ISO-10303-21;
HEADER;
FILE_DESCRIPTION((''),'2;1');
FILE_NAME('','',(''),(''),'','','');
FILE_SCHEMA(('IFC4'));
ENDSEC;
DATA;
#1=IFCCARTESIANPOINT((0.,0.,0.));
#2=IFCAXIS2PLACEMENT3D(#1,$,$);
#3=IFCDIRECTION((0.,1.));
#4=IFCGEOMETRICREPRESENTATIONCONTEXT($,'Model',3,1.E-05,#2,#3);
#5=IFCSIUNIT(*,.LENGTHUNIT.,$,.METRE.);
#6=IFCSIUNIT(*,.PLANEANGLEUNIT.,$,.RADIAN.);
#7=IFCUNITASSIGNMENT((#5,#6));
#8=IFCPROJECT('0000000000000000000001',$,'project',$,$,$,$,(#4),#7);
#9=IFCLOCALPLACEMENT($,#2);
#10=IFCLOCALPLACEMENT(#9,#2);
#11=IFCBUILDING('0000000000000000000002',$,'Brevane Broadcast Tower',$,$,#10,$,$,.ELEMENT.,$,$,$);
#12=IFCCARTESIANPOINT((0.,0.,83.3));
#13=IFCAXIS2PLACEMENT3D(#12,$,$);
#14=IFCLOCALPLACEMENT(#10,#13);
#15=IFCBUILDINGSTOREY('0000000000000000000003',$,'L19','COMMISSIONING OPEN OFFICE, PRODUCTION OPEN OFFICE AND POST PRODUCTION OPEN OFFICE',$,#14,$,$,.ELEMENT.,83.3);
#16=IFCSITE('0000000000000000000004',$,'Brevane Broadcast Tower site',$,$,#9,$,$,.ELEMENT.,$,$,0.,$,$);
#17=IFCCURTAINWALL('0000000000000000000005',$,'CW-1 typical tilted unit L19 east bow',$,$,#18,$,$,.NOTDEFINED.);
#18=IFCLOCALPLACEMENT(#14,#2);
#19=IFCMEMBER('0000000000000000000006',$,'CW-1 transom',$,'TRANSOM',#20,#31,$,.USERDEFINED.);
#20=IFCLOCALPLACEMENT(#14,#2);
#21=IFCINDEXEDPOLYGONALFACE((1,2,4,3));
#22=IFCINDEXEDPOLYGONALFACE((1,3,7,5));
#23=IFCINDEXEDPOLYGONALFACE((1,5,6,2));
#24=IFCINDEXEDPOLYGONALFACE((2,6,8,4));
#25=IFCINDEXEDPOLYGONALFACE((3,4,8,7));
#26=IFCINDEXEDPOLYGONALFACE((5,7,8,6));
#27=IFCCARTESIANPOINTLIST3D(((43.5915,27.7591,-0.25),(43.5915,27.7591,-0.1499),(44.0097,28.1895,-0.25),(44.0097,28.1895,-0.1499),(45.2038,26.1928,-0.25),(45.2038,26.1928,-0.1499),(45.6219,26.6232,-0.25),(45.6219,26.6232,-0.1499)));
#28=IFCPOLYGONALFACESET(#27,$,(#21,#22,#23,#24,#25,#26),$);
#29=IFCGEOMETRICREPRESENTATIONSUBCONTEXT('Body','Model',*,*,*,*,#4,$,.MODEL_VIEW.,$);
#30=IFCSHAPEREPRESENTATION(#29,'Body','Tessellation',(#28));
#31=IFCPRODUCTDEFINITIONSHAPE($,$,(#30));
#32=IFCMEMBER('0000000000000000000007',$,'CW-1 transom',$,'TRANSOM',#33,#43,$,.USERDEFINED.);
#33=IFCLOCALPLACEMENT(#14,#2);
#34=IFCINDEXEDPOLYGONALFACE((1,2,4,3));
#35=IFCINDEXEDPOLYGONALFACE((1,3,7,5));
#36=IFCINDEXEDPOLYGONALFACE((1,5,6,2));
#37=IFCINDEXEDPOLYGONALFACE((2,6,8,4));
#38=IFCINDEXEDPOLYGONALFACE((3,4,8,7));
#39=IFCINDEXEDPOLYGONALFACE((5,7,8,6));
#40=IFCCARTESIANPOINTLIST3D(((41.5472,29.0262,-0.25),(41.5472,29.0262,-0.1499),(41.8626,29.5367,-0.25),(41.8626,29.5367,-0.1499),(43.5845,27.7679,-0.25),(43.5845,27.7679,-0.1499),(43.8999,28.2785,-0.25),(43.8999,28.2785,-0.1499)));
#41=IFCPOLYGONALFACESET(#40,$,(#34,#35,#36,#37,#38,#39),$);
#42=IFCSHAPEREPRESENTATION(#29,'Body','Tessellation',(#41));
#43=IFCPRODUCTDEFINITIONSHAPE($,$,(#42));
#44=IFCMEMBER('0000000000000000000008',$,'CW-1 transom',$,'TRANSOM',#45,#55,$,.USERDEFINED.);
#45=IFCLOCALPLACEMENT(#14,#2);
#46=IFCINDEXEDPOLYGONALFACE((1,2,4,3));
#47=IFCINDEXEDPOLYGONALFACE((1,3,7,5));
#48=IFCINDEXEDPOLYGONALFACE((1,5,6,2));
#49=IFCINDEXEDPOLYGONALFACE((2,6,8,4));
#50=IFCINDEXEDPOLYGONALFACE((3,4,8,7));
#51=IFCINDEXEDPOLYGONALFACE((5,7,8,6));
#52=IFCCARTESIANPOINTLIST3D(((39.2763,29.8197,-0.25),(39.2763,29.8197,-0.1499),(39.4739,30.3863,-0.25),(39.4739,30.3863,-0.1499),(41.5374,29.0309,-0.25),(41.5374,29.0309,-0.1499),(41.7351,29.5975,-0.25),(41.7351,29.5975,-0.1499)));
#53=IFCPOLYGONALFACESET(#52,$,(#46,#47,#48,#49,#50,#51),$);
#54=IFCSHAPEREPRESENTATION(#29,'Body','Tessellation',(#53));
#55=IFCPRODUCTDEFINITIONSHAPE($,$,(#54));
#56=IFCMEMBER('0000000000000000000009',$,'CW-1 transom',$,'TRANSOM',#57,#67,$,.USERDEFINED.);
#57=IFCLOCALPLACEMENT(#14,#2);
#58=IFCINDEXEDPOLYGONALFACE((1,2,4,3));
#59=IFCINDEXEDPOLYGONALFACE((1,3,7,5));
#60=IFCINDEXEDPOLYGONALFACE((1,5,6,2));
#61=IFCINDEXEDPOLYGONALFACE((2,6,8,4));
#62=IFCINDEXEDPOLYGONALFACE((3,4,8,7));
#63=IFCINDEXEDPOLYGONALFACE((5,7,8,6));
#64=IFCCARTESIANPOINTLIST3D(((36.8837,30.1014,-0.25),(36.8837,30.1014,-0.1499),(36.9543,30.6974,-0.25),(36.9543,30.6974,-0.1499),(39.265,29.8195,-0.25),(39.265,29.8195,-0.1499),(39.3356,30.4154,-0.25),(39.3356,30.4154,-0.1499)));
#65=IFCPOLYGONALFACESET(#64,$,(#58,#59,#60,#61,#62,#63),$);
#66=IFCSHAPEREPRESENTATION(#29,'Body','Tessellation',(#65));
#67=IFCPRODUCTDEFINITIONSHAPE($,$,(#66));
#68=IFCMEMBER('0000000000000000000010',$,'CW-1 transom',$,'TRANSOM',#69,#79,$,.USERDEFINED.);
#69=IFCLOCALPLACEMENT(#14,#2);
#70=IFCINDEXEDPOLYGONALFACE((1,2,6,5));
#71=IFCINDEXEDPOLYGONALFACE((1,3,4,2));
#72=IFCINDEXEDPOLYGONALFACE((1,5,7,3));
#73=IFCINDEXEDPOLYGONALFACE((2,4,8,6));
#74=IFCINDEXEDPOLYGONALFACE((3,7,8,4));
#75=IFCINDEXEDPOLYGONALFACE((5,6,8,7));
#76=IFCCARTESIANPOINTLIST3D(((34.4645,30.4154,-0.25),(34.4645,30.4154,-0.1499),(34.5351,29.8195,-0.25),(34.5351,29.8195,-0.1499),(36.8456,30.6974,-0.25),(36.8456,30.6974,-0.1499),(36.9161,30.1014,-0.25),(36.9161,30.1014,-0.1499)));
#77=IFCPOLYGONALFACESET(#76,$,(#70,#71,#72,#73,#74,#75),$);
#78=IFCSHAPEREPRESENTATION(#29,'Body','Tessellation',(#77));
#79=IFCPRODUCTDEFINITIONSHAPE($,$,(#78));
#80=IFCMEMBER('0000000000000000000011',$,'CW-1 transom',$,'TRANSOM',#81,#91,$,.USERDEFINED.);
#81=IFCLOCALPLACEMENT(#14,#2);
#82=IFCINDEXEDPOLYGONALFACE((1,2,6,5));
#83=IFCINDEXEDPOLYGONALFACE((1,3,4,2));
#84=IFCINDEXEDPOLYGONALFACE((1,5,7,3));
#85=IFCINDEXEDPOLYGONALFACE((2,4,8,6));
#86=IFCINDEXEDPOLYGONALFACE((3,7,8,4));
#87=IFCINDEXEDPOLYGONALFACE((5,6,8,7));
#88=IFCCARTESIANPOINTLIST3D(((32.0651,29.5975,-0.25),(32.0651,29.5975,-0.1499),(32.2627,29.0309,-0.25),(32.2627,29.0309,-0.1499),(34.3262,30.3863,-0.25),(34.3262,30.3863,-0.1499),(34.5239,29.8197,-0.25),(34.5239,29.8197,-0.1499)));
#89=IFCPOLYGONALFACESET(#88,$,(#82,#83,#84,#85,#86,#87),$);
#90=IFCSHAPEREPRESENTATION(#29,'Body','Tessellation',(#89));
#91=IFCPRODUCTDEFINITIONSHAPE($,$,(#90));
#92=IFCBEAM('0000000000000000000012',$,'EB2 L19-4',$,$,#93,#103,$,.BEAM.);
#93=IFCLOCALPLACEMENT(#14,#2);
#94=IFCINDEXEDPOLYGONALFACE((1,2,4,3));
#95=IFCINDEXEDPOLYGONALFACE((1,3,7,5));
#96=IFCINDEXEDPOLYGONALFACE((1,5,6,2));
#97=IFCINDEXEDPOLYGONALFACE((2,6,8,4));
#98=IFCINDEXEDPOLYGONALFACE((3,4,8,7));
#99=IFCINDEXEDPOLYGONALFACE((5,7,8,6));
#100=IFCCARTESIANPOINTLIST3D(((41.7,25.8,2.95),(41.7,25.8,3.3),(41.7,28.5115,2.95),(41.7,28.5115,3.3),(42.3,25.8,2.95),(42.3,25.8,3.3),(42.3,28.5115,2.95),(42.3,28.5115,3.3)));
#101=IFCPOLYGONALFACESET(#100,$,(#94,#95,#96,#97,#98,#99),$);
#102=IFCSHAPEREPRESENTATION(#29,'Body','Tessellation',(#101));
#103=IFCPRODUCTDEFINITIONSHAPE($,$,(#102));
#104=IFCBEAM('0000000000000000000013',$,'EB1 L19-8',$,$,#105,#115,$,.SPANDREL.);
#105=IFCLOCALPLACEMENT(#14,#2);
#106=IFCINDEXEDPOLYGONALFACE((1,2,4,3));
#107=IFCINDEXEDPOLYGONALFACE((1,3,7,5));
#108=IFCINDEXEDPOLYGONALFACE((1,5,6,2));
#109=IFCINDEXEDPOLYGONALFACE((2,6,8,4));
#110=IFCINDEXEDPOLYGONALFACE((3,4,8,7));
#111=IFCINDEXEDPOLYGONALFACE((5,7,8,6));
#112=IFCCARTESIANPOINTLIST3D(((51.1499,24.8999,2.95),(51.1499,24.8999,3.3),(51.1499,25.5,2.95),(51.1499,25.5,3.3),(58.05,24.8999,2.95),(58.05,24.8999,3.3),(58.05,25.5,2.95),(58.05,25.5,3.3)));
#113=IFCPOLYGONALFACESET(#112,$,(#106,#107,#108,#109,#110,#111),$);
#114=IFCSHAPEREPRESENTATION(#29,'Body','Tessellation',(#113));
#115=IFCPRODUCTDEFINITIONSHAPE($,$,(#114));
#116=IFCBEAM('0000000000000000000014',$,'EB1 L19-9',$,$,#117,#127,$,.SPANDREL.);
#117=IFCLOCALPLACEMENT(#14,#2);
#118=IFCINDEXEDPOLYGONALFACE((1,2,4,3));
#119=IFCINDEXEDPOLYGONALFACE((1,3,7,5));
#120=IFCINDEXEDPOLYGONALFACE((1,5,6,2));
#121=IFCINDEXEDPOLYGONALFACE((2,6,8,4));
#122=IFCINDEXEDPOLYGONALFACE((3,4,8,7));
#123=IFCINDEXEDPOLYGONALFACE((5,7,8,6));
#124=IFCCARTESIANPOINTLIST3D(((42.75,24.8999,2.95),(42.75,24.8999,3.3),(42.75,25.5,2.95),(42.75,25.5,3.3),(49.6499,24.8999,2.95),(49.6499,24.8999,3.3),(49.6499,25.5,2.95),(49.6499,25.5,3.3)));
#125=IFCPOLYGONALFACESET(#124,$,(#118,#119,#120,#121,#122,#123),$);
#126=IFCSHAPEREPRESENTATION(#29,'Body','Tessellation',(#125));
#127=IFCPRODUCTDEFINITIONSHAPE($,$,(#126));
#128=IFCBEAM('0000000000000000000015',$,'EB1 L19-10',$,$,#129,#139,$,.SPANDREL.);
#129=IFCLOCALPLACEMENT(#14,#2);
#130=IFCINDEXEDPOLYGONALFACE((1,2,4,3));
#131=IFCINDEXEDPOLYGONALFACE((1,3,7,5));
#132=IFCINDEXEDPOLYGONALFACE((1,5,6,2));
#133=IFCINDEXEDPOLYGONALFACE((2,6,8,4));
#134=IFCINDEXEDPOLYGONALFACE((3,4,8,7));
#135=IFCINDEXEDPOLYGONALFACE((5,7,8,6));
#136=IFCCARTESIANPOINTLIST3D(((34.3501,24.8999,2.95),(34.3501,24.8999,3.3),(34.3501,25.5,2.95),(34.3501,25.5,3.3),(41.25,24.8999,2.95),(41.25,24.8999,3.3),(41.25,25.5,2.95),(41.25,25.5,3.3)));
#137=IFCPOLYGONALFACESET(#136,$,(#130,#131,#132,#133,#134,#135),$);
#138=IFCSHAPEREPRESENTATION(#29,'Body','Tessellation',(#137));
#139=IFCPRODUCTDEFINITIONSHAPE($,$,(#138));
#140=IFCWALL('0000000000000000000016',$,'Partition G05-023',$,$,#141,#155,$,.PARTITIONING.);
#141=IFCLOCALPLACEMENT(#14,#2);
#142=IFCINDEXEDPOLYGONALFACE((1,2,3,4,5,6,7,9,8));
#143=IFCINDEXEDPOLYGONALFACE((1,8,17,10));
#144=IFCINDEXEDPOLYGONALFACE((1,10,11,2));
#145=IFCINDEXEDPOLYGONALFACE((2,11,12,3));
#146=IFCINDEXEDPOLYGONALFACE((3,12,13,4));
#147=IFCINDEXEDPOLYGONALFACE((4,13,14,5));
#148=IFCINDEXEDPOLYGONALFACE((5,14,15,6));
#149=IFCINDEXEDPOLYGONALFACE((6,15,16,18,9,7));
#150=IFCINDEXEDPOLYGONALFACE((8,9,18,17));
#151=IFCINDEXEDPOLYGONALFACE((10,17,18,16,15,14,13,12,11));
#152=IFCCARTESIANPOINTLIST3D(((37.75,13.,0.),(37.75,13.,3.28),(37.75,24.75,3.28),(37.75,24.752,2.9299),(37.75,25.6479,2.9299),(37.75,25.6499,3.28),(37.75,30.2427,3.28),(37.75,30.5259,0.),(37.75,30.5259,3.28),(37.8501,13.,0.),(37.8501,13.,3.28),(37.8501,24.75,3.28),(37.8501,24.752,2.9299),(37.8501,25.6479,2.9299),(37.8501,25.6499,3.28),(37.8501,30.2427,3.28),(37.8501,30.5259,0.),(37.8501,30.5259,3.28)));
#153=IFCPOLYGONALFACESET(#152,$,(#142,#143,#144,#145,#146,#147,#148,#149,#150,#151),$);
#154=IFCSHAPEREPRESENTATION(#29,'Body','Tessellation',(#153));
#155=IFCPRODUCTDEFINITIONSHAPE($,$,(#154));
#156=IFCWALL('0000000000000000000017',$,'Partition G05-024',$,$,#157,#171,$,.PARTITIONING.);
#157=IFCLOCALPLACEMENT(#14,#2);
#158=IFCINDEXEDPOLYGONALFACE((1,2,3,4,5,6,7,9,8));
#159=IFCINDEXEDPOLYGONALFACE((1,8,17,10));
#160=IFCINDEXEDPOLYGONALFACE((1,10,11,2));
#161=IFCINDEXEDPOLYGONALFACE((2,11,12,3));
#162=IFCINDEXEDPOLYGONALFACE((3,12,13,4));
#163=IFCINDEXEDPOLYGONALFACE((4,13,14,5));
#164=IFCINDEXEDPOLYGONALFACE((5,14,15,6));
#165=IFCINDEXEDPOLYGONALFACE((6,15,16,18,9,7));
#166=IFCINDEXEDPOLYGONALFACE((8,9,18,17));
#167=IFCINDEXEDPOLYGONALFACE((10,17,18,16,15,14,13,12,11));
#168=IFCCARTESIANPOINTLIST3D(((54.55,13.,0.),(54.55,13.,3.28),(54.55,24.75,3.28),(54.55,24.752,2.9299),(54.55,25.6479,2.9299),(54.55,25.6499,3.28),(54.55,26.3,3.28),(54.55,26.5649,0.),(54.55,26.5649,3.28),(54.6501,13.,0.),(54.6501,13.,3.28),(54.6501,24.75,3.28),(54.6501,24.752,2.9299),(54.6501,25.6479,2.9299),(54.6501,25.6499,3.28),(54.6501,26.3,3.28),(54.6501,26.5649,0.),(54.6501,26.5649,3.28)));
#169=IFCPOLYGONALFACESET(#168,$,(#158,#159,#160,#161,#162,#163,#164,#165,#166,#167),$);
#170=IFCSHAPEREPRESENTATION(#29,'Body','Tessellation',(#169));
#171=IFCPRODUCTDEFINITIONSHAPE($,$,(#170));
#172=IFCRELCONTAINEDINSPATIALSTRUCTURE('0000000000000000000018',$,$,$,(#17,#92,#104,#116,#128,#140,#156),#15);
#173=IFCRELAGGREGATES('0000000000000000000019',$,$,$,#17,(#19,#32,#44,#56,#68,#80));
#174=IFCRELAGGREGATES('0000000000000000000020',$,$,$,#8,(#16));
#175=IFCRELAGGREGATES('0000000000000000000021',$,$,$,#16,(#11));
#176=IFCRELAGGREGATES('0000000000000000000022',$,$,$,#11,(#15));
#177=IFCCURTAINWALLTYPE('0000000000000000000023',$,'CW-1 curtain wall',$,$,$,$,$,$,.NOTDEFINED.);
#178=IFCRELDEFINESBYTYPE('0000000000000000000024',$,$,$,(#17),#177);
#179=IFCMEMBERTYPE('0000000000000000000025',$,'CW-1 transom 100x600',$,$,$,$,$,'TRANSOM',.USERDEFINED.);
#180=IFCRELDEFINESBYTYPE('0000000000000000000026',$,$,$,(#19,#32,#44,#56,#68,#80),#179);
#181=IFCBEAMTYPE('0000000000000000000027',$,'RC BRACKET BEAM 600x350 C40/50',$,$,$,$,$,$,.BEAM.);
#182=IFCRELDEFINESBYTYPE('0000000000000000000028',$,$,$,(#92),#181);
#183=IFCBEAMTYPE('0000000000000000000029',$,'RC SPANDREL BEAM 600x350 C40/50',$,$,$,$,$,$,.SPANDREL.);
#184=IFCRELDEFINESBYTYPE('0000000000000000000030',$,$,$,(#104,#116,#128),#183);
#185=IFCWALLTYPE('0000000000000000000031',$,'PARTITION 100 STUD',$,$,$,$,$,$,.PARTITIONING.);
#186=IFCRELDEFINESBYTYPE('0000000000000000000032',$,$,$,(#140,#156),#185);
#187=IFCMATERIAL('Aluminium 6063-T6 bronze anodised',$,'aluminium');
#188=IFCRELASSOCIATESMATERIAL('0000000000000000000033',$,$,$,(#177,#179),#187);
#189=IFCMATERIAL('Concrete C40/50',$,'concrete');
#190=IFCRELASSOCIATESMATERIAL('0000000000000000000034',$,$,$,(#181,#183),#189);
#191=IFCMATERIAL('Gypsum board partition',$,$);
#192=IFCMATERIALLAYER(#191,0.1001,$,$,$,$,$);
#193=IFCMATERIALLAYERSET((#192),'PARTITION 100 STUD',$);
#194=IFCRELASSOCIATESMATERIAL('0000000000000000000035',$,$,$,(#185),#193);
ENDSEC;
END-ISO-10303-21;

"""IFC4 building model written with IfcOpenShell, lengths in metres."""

from ifc_helpers import new_model, si_unit, direction, frame, origin, origin_2d, place, context, subcontext, project, spatial, polyline, rectangle, outline, extrude, material, layer, layer_set, material_profile, profile_set, type_object, element, aggregate, save


model = new_model("IFC4")

# Units and contexts
model_context = context("Model", 3, precision=1e-05, world=origin(), true_north=direction((0.0, 1.0)))
body_context = subcontext(model_context, "Body", "Model", "MODEL_VIEW")
ifc_project = project(units=[si_unit("LENGTHUNIT", "METRE"), si_unit("PLANEANGLEUNIT", "RADIAN")], contexts=[model_context])

# Site, building, storey
site_placement = place(None, origin())
site = spatial("IfcSite", under=ifc_project, at=site_placement, Name="Brevane Broadcast Tower site", CompositionType="ELEMENT", RefElevation=0.0)
building_placement = place(site_placement, origin())
building = spatial("IfcBuilding", under=site, at=building_placement, Name="Brevane Broadcast Tower", CompositionType="ELEMENT")
storey_placement = place(building_placement, frame((0.0, 0.0, 83.3)))
storey = spatial("IfcBuildingStorey", under=building, at=storey_placement, Name="L19", Description="COMMISSIONING OPEN OFFICE, PRODUCTION OPEN OFFICE AND POST PRODUCTION OPEN OFFICE", CompositionType="ELEMENT", Elevation=83.3)

# Shared definitions
ifc_material_1 = material(Name="Aluminium 6063-T6 bronze anodised", Category="aluminium")
curtain_wall_type = type_object("IfcCurtainWallType", Name="CW-1 curtain wall", PredefinedType="NOTDEFINED", material=ifc_material_1)

# Curtain wall
curtain_wall_1_placement = place(storey_placement, origin())
curtain_wall_1 = element("IfcCurtainWall", 1, at=curtain_wall_1_placement, inside=storey, type_object=curtain_wall_type, Name="CW-1 typical tilted unit L19 east bow", PredefinedType="NOTDEFINED")

# Members
ifc_material_profile_1 = material_profile(ifc_material_1, rectangle(XDim=0.6001, YDim=0.1001, at=origin_2d()), Name="RECT 100x600")
ifc_profile_set_1 = profile_set([ifc_material_profile_1], Name="Aluminium 6063-T6 bronze anodised")
member_type_1 = type_object("IfcMemberType", Name="CW-1 transom 100x600", ElementType="TRANSOM", PredefinedType="USERDEFINED", material=ifc_profile_set_1)
member_1_placement = place(storey_placement, frame((45.4128, 26.408, -0.2), z_axis=(-0.717242, 0.696824, 0.0), x_axis=(-0.696824, -0.717242, 0.0)))
member_1 = element("IfcMember", 2, at=member_1_placement, type_object=member_type_1, Name="CW-1 transom", ObjectType="TRANSOM", PredefinedType="USERDEFINED", context=body_context, shape_type="SweptSolid", body=[
    extrude(rectangle(XDim=0.6001, YDim=0.1001, at=origin_2d()), origin(), (0.0, 0.0, 1.0), 2.2478),
])
member_2_placement = place(storey_placement, frame((43.7422, 28.0232, -0.2), z_axis=(-0.85081, 0.525473, 0.0), x_axis=(-0.525473, -0.85081, 0.0)))
member_2 = element("IfcMember", 3, at=member_2_placement, type_object=member_type_1, Name="CW-1 transom", ObjectType="TRANSOM", PredefinedType="USERDEFINED", context=body_context, shape_type="SweptSolid", body=[
    extrude(rectangle(XDim=0.6001, YDim=0.1001, at=origin_2d()), origin(), (0.0, 0.0, 1.0), 2.3945),
])
member_3_placement = place(storey_placement, frame((41.6362, 29.3142, -0.2), z_axis=(-0.944198, 0.329378, 0.0), x_axis=(-0.329378, -0.944198, 0.0)))
member_3 = element("IfcMember", 4, at=member_3_placement, type_object=member_type_1, Name="CW-1 transom", ObjectType="TRANSOM", PredefinedType="USERDEFINED", context=body_context, shape_type="SweptSolid", body=[
    extrude(rectangle(XDim=0.6001, YDim=0.1001, at=origin_2d()), origin(), (0.0, 0.0, 1.0), 2.3948),
])
member_4_placement = place(storey_placement, frame((39.3003, 30.1174, -0.2), z_axis=(-0.993062, 0.117591, 0.0), x_axis=(-0.117591, -0.993062, 0.0)))
member_4 = element("IfcMember", 5, at=member_4_placement, type_object=member_type_1, Name="CW-1 transom", ObjectType="TRANSOM", PredefinedType="USERDEFINED", context=body_context, shape_type="SweptSolid", body=[
    extrude(rectangle(XDim=0.6001, YDim=0.1001, at=origin_2d()), origin(), (0.0, 0.0, 1.0), 2.3979),
])
member_5_placement = place(storey_placement, frame((36.8809, 30.3994, -0.2), z_axis=(-0.993061, -0.117603, 0.0), x_axis=(0.117603, -0.993061, 0.0)))
member_5 = element("IfcMember", 6, at=member_5_placement, type_object=member_type_1, Name="CW-1 transom", ObjectType="TRANSOM", PredefinedType="USERDEFINED", context=body_context, shape_type="SweptSolid", body=[
    extrude(rectangle(XDim=0.6001, YDim=0.1001, at=origin_2d()), origin(), (0.0, 0.0, 1.0), 2.3977),
])
member_6_placement = place(storey_placement, frame((34.425, 30.103, -0.2), z_axis=(-0.944198, -0.329378, 0.0), x_axis=(0.329378, -0.944198, 0.0)))
member_6 = element("IfcMember", 7, at=member_6_placement, type_object=member_type_1, Name="CW-1 transom", ObjectType="TRANSOM", PredefinedType="USERDEFINED", context=body_context, shape_type="SweptSolid", body=[
    extrude(rectangle(XDim=0.6001, YDim=0.1001, at=origin_2d()), origin(), (0.0, 0.0, 1.0), 2.3948),
])
aggregate(curtain_wall_1, [member_1, member_2, member_3, member_4, member_5, member_6])

# Beams
ifc_material_2 = material(Name="Concrete C40/50", Category="concrete")
ifc_material_profile_2 = material_profile(ifc_material_2, rectangle(XDim=0.6001, YDim=0.3501, at=origin_2d()), Name="RC 600x350")
ifc_profile_set_2 = profile_set([ifc_material_profile_2], Name="Concrete C40/50")
beam_type_1 = type_object("IfcBeamType", Name="RC BRACKET BEAM 600x350 C40/50", PredefinedType="BEAM", material=ifc_profile_set_2)
beam_1_placement = place(storey_placement, frame((42.0, 25.8, 3.125), z_axis=(0.0, 1.0, 0.0), x_axis=(-1.0, 0.0, 0.0)))
element("IfcBeam", 8, at=beam_1_placement, inside=storey, type_object=beam_type_1, Name="EB2 L19-4", PredefinedType="BEAM", context=body_context, shape_type="SweptSolid", body=[
    extrude(rectangle(XDim=0.6001, YDim=0.3501, at=origin_2d()), origin(), (0.0, 0.0, 1.0), 2.7114),
])
ifc_material_profile_3 = material_profile(ifc_material_2, rectangle(XDim=0.6001, YDim=0.3501, at=origin_2d()), Name="RC 600x350")
ifc_profile_set_3 = profile_set([ifc_material_profile_3], Name="Concrete C40/50")
beam_type_2 = type_object("IfcBeamType", Name="RC SPANDREL BEAM 600x350 C40/50", PredefinedType="SPANDREL", material=ifc_profile_set_3)
beam_2_placement = place(storey_placement, frame((58.05, 25.2, 3.125), z_axis=(-1.0, 0.0, 0.0), x_axis=(0.0, -1.0, 0.0)))
element("IfcBeam", 9, at=beam_2_placement, inside=storey, type_object=beam_type_2, Name="EB1 L19-8", PredefinedType="SPANDREL", context=body_context, shape_type="SweptSolid", body=[
    extrude(rectangle(XDim=0.6001, YDim=0.3501, at=origin_2d()), origin(), (0.0, 0.0, 1.0), 6.9001),
])
for number, where, z_axis, x_axis, name in (
    (10, (49.6499, 25.2, 3.125), (-1.0, 0.0, 0.0), (0.0, -1.0, 0.0), "EB1 L19-9"),
    (11, (41.25, 25.2, 3.125), (-1.0, 0.0, 0.0), (0.0, -1.0, 0.0), "EB1 L19-10"),
):
    element("IfcBeam", number, at=place(storey_placement, frame(where, z_axis=z_axis, x_axis=x_axis)), inside=storey, type_object=beam_type_2, Name=name, PredefinedType="SPANDREL", context=body_context, shape_type="SweptSolid", body=[
        extrude(rectangle(XDim=0.6001, YDim=0.3501, at=origin_2d()), origin(), (0.0, 0.0, 1.0), 6.8999),
    ])

# Walls
ifc_material_3 = material(Name="Gypsum board partition")
ifc_layer = layer(ifc_material_3, 0.1001)
ifc_layer_set = layer_set([ifc_layer], Name="PARTITION 100 STUD")
wall_type = type_object("IfcWallType", Name="PARTITION 100 STUD", PredefinedType="PARTITIONING", material=ifc_layer_set)
wall_1_placement = place(storey_placement, frame((37.8, 30.5259, 0.0), z_axis=(0.0, 0.0, 1.0), x_axis=(0.0, -1.0, 0.0)))
element("IfcWall", 12, at=wall_1_placement, inside=storey, type_object=wall_type, Name="Partition G05-023", PredefinedType="PARTITIONING", context=body_context, shape_type="SweptSolid", body=[
    extrude(outline(polyline([(0.0, 0.0), (17.5259, 0.0), (17.5259, 3.28), (5.7759, 3.28), (5.7739, 2.9299), (4.8779, 2.9299), (4.876, 3.28), (0.2832, 3.28), (0.0, 3.28), (0.0, 0.0)])), frame((0.0, 0.05, 0.0), z_axis=(0.0, -1.0, 0.0), x_axis=(1.0, 0.0, 0.0)), (0.0, 0.0, 1.0), 0.1001),
])
wall_2_placement = place(storey_placement, frame((54.6001, 26.5649, 0.0), z_axis=(0.0, 0.0, 1.0), x_axis=(0.0, -1.0, 0.0)))
element("IfcWall", 13, at=wall_2_placement, inside=storey, type_object=wall_type, Name="Partition G05-024", PredefinedType="PARTITIONING", context=body_context, shape_type="SweptSolid", body=[
    extrude(outline(polyline([(0.0, 0.0), (13.5649, 0.0), (13.5649, 3.28), (1.8149, 3.28), (1.813, 2.9299), (0.917, 2.9299), (0.915, 3.28), (0.2649, 3.28), (0.0, 3.28), (0.0, 0.0)])), frame((0.0, 0.05, 0.0), z_axis=(0.0, -1.0, 0.0), x_axis=(1.0, 0.0, 0.0)), (0.0, 0.0, 1.0), 0.1001),
])

save(model, "model.ifc")
